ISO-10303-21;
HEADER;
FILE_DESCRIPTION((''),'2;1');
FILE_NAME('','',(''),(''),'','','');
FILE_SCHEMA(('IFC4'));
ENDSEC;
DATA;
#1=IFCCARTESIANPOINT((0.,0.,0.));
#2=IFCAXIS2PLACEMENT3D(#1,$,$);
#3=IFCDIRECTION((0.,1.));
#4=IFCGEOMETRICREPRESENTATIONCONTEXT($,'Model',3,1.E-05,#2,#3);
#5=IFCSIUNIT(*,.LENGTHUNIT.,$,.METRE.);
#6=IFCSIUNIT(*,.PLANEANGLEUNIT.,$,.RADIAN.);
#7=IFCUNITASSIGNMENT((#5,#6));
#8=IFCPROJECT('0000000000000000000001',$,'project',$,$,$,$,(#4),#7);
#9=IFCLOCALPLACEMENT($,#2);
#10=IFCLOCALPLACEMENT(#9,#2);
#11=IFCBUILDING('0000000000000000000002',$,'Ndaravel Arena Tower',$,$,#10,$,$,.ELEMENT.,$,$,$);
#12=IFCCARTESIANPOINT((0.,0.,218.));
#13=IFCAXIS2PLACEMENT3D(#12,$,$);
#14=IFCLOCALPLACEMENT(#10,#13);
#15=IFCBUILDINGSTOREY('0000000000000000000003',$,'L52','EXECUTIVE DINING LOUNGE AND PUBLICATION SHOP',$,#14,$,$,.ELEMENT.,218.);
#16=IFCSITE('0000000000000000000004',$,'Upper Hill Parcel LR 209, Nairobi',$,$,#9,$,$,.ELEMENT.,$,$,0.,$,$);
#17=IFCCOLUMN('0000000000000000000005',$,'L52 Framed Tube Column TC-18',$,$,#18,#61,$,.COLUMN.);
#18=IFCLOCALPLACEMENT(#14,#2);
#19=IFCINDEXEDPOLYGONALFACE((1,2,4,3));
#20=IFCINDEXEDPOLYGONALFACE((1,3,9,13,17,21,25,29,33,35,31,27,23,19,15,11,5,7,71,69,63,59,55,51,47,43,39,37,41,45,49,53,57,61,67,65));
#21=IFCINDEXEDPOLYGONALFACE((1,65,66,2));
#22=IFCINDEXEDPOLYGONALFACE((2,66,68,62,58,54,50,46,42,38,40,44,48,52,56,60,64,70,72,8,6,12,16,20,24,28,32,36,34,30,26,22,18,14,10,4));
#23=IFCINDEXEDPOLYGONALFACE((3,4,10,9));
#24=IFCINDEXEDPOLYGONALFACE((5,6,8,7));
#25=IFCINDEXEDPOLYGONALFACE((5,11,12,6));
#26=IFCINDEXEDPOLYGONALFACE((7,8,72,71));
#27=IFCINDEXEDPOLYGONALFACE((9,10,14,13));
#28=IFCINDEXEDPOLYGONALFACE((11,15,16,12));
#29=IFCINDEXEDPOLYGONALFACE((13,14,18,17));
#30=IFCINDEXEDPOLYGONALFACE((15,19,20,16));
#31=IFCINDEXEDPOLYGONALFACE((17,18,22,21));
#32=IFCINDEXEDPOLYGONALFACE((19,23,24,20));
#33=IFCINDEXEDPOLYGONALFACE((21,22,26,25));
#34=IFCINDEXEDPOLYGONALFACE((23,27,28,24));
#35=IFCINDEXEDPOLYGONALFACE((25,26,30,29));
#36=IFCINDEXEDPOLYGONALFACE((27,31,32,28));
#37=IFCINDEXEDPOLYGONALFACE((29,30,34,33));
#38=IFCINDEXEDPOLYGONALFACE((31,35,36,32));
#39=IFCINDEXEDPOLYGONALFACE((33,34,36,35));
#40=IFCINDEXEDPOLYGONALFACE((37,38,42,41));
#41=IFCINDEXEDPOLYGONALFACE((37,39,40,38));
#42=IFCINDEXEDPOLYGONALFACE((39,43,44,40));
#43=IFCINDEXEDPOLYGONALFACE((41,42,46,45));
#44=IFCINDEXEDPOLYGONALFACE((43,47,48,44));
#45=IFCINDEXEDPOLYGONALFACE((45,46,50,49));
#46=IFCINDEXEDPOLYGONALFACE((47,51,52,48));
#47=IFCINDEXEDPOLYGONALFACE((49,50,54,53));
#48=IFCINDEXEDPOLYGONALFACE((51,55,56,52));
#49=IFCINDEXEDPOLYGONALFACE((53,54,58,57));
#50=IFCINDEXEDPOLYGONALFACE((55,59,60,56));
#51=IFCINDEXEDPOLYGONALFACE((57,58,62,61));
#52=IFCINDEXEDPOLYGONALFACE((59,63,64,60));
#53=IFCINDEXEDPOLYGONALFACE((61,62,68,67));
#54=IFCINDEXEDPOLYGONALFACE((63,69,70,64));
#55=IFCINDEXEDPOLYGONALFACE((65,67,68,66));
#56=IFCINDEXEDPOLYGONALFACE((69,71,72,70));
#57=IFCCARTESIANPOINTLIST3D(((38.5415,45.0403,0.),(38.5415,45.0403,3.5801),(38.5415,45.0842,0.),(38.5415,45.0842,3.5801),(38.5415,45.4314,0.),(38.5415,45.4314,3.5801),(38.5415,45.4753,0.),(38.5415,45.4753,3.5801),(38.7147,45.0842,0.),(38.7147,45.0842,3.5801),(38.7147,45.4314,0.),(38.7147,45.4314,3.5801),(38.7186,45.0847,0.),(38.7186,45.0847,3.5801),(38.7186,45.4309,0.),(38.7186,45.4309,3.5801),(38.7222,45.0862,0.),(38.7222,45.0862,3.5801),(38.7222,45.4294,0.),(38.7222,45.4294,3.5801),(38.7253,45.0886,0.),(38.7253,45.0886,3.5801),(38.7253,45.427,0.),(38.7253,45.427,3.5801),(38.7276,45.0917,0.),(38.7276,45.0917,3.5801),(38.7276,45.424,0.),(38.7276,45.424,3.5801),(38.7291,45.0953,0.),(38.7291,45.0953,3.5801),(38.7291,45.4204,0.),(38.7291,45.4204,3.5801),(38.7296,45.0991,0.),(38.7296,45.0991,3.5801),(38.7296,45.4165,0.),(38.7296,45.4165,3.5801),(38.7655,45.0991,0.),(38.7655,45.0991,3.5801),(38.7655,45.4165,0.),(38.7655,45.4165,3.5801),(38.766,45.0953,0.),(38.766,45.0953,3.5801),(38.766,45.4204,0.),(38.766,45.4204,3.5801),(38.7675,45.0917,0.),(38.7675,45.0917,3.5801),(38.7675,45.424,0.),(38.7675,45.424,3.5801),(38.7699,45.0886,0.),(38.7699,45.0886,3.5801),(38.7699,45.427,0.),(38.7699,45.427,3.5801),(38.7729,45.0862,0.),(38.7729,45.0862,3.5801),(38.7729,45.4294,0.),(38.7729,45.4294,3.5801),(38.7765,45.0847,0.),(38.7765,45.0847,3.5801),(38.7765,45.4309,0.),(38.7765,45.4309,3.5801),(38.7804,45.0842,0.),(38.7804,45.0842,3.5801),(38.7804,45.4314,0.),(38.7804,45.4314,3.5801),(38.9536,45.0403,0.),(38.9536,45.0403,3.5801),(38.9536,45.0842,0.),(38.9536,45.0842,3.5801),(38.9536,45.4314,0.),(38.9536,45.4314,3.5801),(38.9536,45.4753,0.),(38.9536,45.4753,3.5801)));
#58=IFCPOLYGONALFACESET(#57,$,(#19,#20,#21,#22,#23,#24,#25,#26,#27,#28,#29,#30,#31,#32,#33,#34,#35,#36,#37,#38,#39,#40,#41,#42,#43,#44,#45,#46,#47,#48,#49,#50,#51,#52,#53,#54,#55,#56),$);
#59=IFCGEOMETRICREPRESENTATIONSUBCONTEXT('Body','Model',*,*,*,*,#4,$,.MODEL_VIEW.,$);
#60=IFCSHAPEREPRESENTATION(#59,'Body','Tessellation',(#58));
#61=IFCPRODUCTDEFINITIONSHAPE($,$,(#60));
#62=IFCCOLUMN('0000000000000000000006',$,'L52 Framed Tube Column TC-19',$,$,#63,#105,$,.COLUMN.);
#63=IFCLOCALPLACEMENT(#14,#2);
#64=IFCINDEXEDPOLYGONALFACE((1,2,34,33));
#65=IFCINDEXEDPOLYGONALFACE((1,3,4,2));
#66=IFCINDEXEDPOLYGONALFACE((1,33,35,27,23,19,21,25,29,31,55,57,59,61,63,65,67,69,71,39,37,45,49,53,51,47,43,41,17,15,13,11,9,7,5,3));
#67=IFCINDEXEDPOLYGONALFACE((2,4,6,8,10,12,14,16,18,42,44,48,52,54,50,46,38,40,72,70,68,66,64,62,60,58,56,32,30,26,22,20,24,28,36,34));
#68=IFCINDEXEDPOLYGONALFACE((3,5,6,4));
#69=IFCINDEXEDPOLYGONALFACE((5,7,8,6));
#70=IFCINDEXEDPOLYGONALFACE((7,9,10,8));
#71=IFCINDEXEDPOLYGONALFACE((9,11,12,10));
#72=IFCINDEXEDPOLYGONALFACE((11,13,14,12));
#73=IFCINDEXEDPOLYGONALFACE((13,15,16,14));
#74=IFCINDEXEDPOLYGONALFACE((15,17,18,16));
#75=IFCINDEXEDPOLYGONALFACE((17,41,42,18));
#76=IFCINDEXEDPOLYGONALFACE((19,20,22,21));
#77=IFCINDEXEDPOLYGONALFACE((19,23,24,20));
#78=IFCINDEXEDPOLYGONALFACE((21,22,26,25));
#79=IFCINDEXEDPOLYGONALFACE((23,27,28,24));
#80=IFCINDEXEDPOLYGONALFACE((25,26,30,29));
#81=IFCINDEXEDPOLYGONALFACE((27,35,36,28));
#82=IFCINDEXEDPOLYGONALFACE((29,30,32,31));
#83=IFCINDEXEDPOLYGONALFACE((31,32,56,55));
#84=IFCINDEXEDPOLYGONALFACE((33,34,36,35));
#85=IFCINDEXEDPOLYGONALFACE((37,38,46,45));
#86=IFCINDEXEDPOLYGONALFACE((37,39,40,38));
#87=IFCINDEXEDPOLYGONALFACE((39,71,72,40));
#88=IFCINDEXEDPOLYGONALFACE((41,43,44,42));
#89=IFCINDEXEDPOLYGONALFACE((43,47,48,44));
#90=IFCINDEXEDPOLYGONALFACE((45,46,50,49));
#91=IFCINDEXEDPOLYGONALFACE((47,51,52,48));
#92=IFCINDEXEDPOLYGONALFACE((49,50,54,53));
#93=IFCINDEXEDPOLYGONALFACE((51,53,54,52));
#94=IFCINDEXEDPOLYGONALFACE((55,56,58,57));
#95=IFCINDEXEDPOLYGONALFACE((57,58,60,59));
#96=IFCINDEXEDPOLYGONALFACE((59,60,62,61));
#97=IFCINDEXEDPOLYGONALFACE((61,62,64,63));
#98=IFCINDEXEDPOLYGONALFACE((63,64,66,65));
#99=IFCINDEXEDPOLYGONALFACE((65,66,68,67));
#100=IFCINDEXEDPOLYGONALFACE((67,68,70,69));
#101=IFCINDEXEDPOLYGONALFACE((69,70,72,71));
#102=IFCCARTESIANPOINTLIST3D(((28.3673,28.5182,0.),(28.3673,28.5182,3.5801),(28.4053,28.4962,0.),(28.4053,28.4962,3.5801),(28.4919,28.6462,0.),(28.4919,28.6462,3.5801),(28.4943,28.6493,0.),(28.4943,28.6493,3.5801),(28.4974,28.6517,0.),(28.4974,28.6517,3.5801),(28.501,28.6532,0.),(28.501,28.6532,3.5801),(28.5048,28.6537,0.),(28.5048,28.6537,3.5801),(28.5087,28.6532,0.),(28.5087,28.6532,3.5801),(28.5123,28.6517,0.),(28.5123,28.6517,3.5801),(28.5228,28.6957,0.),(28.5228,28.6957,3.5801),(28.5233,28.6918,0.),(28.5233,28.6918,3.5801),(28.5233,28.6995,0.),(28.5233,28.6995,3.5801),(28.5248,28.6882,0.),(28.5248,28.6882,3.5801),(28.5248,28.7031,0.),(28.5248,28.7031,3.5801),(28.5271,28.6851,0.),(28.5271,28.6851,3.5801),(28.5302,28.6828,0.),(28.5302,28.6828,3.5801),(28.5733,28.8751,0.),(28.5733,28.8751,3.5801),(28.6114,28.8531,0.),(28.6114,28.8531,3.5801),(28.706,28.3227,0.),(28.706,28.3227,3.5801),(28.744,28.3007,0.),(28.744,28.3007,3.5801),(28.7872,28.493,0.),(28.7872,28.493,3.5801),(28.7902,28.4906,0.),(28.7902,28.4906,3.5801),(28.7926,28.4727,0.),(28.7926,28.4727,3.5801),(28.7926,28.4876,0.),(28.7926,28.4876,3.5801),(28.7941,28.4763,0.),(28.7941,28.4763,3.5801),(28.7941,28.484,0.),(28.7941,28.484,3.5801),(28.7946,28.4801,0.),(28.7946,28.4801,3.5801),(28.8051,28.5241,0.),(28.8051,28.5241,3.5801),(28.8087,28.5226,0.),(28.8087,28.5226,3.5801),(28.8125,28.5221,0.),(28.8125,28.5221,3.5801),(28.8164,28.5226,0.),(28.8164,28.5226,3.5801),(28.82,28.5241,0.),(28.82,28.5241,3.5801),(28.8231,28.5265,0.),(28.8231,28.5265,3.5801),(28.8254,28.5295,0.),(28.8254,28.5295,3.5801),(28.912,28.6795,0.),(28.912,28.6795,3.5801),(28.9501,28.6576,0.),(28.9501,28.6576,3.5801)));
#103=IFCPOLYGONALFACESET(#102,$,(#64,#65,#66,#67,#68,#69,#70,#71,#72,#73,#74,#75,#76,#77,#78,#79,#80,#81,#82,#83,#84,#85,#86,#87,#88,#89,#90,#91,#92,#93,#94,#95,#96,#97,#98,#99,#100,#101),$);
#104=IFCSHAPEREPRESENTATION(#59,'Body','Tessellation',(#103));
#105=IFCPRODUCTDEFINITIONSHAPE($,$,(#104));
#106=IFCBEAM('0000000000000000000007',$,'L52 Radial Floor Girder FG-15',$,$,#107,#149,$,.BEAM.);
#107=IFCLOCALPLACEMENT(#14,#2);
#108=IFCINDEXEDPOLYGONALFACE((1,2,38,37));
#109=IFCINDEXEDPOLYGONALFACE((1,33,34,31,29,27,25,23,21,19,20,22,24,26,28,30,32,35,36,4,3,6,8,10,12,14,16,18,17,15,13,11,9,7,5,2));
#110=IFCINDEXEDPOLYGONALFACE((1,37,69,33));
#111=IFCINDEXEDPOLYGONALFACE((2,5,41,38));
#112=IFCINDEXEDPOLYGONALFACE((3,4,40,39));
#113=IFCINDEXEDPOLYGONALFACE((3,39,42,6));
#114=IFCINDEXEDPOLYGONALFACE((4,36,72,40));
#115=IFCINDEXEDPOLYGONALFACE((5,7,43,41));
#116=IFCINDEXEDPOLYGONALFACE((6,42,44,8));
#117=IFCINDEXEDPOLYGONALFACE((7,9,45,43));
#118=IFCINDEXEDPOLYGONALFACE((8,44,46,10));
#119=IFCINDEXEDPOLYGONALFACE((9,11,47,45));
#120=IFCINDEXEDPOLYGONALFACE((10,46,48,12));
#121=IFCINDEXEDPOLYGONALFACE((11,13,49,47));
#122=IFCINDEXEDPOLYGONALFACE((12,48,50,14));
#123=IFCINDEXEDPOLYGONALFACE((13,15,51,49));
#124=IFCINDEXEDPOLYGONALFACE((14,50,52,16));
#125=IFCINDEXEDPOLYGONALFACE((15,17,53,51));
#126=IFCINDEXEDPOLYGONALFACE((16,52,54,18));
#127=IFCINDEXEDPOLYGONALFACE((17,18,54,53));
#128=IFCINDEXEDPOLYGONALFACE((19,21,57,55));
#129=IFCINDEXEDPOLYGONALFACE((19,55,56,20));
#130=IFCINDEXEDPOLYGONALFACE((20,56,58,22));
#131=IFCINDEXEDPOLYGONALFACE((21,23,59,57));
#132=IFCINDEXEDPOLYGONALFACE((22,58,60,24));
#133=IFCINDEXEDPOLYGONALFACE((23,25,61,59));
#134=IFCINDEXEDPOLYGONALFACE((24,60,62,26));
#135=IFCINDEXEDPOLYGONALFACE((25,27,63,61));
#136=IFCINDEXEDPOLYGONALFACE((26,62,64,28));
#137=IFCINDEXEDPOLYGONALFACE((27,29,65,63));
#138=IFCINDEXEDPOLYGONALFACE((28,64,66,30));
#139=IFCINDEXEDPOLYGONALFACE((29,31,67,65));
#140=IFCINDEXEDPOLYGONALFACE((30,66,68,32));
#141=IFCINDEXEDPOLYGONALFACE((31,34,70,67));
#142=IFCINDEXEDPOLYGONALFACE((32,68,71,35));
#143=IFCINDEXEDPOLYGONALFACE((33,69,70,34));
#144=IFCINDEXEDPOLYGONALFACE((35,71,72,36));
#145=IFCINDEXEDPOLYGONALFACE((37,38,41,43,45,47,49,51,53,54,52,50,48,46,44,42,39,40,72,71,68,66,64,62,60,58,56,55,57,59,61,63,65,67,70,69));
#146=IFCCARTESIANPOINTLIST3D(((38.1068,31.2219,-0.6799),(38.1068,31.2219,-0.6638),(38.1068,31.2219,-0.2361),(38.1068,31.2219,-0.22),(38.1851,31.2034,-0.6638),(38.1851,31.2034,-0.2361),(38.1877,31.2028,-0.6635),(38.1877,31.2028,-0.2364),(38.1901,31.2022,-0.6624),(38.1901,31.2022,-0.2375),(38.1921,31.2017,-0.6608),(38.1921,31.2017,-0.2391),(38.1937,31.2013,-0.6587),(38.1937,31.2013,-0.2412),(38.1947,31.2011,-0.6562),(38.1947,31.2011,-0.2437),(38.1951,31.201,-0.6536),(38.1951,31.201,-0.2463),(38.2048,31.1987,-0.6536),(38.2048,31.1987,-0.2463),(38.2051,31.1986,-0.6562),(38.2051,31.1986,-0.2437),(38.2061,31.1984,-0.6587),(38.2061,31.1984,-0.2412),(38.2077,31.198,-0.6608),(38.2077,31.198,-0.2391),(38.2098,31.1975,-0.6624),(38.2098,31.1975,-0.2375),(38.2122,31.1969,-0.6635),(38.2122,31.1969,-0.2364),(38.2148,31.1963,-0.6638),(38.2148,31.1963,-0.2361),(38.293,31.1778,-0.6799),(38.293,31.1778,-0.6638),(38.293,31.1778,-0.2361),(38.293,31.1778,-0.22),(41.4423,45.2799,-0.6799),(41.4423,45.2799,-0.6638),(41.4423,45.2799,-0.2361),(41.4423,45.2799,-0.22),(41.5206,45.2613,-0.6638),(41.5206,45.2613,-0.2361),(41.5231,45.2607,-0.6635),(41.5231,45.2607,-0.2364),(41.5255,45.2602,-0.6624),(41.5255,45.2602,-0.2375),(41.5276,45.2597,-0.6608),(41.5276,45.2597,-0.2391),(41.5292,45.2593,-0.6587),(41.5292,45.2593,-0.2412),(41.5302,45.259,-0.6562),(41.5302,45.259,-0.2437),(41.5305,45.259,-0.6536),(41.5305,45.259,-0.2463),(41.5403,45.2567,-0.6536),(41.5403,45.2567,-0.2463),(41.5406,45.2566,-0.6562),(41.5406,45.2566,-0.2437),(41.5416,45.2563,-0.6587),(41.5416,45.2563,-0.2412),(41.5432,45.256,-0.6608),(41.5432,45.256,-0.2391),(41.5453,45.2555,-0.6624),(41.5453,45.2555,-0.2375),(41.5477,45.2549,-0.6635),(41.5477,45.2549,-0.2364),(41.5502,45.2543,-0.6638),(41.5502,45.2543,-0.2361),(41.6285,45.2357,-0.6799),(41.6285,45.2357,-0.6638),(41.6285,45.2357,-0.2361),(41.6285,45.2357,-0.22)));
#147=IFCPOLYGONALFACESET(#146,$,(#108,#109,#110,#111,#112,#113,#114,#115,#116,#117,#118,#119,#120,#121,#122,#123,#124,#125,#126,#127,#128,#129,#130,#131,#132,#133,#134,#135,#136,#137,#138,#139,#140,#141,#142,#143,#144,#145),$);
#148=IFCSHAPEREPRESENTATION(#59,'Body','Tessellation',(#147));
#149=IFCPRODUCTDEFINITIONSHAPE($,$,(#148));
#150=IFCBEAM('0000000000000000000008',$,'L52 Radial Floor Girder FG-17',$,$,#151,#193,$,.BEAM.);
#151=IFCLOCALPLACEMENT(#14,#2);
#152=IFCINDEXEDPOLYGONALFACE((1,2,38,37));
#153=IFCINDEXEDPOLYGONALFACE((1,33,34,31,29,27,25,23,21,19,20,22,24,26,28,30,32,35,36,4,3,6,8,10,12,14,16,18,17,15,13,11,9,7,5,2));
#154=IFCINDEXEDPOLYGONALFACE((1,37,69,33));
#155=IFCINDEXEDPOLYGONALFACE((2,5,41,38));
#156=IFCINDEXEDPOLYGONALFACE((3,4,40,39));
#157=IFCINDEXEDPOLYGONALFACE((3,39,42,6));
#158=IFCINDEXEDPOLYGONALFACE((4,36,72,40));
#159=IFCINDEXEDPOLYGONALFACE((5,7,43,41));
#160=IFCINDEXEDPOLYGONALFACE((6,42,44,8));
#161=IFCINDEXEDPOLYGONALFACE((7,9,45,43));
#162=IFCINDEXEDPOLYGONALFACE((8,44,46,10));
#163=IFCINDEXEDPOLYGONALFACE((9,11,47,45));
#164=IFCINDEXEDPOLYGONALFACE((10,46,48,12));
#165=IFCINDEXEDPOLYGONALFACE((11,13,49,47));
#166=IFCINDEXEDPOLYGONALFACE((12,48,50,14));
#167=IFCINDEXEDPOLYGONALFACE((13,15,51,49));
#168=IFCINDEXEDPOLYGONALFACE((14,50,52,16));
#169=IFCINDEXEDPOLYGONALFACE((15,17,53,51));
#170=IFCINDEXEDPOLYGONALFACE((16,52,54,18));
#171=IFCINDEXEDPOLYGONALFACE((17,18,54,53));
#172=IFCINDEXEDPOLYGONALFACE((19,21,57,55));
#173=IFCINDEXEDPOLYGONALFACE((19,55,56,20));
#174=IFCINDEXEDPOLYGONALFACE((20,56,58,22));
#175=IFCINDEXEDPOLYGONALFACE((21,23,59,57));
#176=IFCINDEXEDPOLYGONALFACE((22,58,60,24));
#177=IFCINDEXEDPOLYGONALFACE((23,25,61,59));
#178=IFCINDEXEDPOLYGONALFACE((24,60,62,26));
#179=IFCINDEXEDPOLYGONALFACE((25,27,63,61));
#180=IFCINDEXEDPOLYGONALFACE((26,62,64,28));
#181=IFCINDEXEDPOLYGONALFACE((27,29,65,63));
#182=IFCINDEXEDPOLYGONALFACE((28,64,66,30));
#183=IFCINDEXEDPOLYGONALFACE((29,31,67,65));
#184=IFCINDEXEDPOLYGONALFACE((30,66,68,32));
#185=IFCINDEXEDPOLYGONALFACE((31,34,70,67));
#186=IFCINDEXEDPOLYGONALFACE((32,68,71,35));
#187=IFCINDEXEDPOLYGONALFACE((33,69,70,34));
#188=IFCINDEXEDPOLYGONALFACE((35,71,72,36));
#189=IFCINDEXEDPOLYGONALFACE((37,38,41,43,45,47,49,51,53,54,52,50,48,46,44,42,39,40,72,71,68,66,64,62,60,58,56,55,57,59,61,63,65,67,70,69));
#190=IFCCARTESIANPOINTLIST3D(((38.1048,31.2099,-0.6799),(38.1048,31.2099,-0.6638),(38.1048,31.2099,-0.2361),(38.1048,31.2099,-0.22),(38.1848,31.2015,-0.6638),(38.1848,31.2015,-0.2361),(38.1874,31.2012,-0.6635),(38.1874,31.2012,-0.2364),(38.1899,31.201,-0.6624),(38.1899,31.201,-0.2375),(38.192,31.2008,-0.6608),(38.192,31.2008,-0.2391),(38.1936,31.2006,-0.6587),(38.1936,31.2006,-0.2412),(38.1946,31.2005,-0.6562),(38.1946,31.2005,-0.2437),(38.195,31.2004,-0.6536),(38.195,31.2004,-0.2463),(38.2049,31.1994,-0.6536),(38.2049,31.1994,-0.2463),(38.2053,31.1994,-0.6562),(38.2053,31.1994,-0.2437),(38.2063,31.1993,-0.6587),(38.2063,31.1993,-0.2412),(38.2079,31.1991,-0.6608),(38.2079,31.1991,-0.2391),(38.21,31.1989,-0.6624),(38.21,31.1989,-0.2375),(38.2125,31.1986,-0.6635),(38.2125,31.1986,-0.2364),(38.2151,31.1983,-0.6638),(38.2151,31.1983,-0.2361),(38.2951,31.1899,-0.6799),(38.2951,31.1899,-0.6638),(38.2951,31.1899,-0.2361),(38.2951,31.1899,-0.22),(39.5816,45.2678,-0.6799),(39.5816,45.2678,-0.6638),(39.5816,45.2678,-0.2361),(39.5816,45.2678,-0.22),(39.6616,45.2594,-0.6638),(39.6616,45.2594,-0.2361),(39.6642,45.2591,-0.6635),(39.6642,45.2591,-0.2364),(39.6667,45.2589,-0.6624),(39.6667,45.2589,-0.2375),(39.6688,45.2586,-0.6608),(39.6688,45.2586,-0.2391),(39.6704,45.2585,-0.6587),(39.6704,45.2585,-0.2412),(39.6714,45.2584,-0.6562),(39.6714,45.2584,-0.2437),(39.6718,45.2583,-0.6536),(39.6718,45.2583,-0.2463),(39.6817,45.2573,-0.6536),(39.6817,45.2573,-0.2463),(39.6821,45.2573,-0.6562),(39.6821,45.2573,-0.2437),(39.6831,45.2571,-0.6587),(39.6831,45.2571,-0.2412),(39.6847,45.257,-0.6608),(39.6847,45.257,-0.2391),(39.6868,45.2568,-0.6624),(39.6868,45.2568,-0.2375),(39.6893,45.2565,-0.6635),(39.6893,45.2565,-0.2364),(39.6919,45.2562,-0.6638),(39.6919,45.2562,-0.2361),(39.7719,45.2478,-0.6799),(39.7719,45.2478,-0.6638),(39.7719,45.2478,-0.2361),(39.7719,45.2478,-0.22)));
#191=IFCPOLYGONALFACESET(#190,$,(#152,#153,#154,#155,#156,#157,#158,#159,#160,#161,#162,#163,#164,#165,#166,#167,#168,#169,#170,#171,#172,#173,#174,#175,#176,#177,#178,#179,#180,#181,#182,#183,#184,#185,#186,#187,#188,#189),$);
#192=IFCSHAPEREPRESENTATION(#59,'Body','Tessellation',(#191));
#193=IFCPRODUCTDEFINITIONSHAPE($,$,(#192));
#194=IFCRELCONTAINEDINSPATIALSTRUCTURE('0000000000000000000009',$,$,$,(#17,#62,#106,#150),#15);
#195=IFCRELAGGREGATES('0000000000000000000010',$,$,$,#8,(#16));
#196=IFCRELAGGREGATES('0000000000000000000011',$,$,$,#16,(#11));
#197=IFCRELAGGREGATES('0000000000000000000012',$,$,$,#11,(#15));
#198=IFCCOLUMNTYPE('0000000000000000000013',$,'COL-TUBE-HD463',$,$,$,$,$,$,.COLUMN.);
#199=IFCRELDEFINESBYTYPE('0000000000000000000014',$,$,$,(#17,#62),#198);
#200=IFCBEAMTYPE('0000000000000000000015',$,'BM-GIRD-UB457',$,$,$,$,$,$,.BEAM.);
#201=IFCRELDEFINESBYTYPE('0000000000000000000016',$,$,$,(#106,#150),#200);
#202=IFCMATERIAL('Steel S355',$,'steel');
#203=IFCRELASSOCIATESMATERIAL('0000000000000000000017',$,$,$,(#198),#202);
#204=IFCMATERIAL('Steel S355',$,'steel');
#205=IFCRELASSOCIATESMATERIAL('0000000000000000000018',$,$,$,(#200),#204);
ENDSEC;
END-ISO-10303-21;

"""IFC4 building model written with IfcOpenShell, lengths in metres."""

from ifc_helpers import new_model, si_unit, direction, frame, origin, origin_2d, place, context, subcontext, project, spatial, i_section, extrude, material, material_profile, profile_set, type_object, element, save


model = new_model("IFC4")

# Units and contexts
model_context = context("Model", 3, precision=1e-05, world=origin(), true_north=direction((0.0, 1.0)))
body_context = subcontext(model_context, "Body", "Model", "MODEL_VIEW")
ifc_project = project(units=[si_unit("LENGTHUNIT", "METRE"), si_unit("PLANEANGLEUNIT", "RADIAN")], contexts=[model_context])

# Site, building, storey
site_placement = place(None, origin())
site = spatial("IfcSite", under=ifc_project, at=site_placement, Name="Upper Hill Parcel LR 209, Nairobi", CompositionType="ELEMENT", RefElevation=0.0)
building_placement = place(site_placement, origin())
building = spatial("IfcBuilding", under=site, at=building_placement, Name="Ndaravel Arena Tower", CompositionType="ELEMENT")
storey_placement = place(building_placement, frame((0.0, 0.0, 218.0)))
storey = spatial("IfcBuildingStorey", under=building, at=storey_placement, Name="L52", Description="EXECUTIVE DINING LOUNGE AND PUBLICATION SHOP", CompositionType="ELEMENT", Elevation=218.0)

# Columns
ifc_material_1 = material(Name="Steel S355", Category="steel")
ifc_material_profile_1 = material_profile(ifc_material_1, i_section(OverallWidth=0.4121, OverallDepth=0.4351, WebThickness=0.0359, FlangeThickness=0.0439, FilletRadius=0.0149, at=origin_2d()), Name="HD 400x463")
ifc_profile_set_1 = profile_set([ifc_material_profile_1], Name="Steel S355")
column_type_1 = type_object("IfcColumnType", Name="COL-TUBE-HD463", PredefinedType="COLUMN", material=ifc_profile_set_1)
for number, where, z_axis, x_axis, name in (
    (1, (38.7476, 45.2578, 0.0), (0.0, 0.0, 1.0), (1.0, 0.0, 0.0), "L52 Framed Tube Column TC-18"),
    (2, (28.6587, 28.5879, 0.0), (0.0, 0.0, 1.0), (0.5, 0.866025, 0.0), "L52 Framed Tube Column TC-19"),
):
    element("IfcColumn", number, at=place(storey_placement, frame(where, z_axis=z_axis, x_axis=x_axis)), inside=storey, type_object=column_type_1, Name=name, PredefinedType="COLUMN", context=body_context, shape_type="SweptSolid", body=[
        extrude(i_section(OverallWidth=0.4121, OverallDepth=0.4351, WebThickness=0.0359, FlangeThickness=0.0439, FilletRadius=0.0149, at=origin_2d()), origin(), (0.0, 0.0, 1.0), 3.5801),
    ])

# Beams
ifc_material_2 = material(Name="Steel S355", Category="steel")
ifc_material_profile_2 = material_profile(ifc_material_2, i_section(OverallWidth=0.1914, OverallDepth=0.46, WebThickness=0.01, FlangeThickness=0.0161, FilletRadius=0.0103, at=origin_2d()), Name="UB 457x191x82")
ifc_profile_set_2 = profile_set([ifc_material_profile_2], Name="Steel S355")
beam_type_1 = type_object("IfcBeamType", Name="BM-GIRD-UB457", PredefinedType="BEAM", material=ifc_profile_set_2)
beam_1_placement = place(storey_placement, frame((41.5354, 45.2578, -0.45), z_axis=(-0.230857, -0.972988, 0.0), x_axis=(0.972988, -0.230857, 0.0)))
element("IfcBeam", 3, at=beam_1_placement, inside=storey, type_object=beam_type_1, Name="L52 Radial Floor Girder FG-15", PredefinedType="BEAM", context=body_context, shape_type="SweptSolid", body=[
    extrude(i_section(OverallWidth=0.1914, OverallDepth=0.46, WebThickness=0.01, FlangeThickness=0.0161, FilletRadius=0.0103, at=origin_2d()), origin(), (0.0, 0.0, 1.0), 14.4482),
])
beam_2_placement = place(storey_placement, frame((39.6768, 45.2578, -0.45), z_axis=(-0.104477, -0.994527, 0.0), x_axis=(0.994527, -0.104477, 0.0)))
element("IfcBeam", 4, at=beam_2_placement, inside=storey, type_object=beam_type_1, Name="L52 Radial Floor Girder FG-17", PredefinedType="BEAM", context=body_context, shape_type="SweptSolid", body=[
    extrude(i_section(OverallWidth=0.1914, OverallDepth=0.46, WebThickness=0.01, FlangeThickness=0.0161, FilletRadius=0.0103, at=origin_2d()), origin(), (0.0, 0.0, 1.0), 14.1353),
])

save(model, "model.ifc")
